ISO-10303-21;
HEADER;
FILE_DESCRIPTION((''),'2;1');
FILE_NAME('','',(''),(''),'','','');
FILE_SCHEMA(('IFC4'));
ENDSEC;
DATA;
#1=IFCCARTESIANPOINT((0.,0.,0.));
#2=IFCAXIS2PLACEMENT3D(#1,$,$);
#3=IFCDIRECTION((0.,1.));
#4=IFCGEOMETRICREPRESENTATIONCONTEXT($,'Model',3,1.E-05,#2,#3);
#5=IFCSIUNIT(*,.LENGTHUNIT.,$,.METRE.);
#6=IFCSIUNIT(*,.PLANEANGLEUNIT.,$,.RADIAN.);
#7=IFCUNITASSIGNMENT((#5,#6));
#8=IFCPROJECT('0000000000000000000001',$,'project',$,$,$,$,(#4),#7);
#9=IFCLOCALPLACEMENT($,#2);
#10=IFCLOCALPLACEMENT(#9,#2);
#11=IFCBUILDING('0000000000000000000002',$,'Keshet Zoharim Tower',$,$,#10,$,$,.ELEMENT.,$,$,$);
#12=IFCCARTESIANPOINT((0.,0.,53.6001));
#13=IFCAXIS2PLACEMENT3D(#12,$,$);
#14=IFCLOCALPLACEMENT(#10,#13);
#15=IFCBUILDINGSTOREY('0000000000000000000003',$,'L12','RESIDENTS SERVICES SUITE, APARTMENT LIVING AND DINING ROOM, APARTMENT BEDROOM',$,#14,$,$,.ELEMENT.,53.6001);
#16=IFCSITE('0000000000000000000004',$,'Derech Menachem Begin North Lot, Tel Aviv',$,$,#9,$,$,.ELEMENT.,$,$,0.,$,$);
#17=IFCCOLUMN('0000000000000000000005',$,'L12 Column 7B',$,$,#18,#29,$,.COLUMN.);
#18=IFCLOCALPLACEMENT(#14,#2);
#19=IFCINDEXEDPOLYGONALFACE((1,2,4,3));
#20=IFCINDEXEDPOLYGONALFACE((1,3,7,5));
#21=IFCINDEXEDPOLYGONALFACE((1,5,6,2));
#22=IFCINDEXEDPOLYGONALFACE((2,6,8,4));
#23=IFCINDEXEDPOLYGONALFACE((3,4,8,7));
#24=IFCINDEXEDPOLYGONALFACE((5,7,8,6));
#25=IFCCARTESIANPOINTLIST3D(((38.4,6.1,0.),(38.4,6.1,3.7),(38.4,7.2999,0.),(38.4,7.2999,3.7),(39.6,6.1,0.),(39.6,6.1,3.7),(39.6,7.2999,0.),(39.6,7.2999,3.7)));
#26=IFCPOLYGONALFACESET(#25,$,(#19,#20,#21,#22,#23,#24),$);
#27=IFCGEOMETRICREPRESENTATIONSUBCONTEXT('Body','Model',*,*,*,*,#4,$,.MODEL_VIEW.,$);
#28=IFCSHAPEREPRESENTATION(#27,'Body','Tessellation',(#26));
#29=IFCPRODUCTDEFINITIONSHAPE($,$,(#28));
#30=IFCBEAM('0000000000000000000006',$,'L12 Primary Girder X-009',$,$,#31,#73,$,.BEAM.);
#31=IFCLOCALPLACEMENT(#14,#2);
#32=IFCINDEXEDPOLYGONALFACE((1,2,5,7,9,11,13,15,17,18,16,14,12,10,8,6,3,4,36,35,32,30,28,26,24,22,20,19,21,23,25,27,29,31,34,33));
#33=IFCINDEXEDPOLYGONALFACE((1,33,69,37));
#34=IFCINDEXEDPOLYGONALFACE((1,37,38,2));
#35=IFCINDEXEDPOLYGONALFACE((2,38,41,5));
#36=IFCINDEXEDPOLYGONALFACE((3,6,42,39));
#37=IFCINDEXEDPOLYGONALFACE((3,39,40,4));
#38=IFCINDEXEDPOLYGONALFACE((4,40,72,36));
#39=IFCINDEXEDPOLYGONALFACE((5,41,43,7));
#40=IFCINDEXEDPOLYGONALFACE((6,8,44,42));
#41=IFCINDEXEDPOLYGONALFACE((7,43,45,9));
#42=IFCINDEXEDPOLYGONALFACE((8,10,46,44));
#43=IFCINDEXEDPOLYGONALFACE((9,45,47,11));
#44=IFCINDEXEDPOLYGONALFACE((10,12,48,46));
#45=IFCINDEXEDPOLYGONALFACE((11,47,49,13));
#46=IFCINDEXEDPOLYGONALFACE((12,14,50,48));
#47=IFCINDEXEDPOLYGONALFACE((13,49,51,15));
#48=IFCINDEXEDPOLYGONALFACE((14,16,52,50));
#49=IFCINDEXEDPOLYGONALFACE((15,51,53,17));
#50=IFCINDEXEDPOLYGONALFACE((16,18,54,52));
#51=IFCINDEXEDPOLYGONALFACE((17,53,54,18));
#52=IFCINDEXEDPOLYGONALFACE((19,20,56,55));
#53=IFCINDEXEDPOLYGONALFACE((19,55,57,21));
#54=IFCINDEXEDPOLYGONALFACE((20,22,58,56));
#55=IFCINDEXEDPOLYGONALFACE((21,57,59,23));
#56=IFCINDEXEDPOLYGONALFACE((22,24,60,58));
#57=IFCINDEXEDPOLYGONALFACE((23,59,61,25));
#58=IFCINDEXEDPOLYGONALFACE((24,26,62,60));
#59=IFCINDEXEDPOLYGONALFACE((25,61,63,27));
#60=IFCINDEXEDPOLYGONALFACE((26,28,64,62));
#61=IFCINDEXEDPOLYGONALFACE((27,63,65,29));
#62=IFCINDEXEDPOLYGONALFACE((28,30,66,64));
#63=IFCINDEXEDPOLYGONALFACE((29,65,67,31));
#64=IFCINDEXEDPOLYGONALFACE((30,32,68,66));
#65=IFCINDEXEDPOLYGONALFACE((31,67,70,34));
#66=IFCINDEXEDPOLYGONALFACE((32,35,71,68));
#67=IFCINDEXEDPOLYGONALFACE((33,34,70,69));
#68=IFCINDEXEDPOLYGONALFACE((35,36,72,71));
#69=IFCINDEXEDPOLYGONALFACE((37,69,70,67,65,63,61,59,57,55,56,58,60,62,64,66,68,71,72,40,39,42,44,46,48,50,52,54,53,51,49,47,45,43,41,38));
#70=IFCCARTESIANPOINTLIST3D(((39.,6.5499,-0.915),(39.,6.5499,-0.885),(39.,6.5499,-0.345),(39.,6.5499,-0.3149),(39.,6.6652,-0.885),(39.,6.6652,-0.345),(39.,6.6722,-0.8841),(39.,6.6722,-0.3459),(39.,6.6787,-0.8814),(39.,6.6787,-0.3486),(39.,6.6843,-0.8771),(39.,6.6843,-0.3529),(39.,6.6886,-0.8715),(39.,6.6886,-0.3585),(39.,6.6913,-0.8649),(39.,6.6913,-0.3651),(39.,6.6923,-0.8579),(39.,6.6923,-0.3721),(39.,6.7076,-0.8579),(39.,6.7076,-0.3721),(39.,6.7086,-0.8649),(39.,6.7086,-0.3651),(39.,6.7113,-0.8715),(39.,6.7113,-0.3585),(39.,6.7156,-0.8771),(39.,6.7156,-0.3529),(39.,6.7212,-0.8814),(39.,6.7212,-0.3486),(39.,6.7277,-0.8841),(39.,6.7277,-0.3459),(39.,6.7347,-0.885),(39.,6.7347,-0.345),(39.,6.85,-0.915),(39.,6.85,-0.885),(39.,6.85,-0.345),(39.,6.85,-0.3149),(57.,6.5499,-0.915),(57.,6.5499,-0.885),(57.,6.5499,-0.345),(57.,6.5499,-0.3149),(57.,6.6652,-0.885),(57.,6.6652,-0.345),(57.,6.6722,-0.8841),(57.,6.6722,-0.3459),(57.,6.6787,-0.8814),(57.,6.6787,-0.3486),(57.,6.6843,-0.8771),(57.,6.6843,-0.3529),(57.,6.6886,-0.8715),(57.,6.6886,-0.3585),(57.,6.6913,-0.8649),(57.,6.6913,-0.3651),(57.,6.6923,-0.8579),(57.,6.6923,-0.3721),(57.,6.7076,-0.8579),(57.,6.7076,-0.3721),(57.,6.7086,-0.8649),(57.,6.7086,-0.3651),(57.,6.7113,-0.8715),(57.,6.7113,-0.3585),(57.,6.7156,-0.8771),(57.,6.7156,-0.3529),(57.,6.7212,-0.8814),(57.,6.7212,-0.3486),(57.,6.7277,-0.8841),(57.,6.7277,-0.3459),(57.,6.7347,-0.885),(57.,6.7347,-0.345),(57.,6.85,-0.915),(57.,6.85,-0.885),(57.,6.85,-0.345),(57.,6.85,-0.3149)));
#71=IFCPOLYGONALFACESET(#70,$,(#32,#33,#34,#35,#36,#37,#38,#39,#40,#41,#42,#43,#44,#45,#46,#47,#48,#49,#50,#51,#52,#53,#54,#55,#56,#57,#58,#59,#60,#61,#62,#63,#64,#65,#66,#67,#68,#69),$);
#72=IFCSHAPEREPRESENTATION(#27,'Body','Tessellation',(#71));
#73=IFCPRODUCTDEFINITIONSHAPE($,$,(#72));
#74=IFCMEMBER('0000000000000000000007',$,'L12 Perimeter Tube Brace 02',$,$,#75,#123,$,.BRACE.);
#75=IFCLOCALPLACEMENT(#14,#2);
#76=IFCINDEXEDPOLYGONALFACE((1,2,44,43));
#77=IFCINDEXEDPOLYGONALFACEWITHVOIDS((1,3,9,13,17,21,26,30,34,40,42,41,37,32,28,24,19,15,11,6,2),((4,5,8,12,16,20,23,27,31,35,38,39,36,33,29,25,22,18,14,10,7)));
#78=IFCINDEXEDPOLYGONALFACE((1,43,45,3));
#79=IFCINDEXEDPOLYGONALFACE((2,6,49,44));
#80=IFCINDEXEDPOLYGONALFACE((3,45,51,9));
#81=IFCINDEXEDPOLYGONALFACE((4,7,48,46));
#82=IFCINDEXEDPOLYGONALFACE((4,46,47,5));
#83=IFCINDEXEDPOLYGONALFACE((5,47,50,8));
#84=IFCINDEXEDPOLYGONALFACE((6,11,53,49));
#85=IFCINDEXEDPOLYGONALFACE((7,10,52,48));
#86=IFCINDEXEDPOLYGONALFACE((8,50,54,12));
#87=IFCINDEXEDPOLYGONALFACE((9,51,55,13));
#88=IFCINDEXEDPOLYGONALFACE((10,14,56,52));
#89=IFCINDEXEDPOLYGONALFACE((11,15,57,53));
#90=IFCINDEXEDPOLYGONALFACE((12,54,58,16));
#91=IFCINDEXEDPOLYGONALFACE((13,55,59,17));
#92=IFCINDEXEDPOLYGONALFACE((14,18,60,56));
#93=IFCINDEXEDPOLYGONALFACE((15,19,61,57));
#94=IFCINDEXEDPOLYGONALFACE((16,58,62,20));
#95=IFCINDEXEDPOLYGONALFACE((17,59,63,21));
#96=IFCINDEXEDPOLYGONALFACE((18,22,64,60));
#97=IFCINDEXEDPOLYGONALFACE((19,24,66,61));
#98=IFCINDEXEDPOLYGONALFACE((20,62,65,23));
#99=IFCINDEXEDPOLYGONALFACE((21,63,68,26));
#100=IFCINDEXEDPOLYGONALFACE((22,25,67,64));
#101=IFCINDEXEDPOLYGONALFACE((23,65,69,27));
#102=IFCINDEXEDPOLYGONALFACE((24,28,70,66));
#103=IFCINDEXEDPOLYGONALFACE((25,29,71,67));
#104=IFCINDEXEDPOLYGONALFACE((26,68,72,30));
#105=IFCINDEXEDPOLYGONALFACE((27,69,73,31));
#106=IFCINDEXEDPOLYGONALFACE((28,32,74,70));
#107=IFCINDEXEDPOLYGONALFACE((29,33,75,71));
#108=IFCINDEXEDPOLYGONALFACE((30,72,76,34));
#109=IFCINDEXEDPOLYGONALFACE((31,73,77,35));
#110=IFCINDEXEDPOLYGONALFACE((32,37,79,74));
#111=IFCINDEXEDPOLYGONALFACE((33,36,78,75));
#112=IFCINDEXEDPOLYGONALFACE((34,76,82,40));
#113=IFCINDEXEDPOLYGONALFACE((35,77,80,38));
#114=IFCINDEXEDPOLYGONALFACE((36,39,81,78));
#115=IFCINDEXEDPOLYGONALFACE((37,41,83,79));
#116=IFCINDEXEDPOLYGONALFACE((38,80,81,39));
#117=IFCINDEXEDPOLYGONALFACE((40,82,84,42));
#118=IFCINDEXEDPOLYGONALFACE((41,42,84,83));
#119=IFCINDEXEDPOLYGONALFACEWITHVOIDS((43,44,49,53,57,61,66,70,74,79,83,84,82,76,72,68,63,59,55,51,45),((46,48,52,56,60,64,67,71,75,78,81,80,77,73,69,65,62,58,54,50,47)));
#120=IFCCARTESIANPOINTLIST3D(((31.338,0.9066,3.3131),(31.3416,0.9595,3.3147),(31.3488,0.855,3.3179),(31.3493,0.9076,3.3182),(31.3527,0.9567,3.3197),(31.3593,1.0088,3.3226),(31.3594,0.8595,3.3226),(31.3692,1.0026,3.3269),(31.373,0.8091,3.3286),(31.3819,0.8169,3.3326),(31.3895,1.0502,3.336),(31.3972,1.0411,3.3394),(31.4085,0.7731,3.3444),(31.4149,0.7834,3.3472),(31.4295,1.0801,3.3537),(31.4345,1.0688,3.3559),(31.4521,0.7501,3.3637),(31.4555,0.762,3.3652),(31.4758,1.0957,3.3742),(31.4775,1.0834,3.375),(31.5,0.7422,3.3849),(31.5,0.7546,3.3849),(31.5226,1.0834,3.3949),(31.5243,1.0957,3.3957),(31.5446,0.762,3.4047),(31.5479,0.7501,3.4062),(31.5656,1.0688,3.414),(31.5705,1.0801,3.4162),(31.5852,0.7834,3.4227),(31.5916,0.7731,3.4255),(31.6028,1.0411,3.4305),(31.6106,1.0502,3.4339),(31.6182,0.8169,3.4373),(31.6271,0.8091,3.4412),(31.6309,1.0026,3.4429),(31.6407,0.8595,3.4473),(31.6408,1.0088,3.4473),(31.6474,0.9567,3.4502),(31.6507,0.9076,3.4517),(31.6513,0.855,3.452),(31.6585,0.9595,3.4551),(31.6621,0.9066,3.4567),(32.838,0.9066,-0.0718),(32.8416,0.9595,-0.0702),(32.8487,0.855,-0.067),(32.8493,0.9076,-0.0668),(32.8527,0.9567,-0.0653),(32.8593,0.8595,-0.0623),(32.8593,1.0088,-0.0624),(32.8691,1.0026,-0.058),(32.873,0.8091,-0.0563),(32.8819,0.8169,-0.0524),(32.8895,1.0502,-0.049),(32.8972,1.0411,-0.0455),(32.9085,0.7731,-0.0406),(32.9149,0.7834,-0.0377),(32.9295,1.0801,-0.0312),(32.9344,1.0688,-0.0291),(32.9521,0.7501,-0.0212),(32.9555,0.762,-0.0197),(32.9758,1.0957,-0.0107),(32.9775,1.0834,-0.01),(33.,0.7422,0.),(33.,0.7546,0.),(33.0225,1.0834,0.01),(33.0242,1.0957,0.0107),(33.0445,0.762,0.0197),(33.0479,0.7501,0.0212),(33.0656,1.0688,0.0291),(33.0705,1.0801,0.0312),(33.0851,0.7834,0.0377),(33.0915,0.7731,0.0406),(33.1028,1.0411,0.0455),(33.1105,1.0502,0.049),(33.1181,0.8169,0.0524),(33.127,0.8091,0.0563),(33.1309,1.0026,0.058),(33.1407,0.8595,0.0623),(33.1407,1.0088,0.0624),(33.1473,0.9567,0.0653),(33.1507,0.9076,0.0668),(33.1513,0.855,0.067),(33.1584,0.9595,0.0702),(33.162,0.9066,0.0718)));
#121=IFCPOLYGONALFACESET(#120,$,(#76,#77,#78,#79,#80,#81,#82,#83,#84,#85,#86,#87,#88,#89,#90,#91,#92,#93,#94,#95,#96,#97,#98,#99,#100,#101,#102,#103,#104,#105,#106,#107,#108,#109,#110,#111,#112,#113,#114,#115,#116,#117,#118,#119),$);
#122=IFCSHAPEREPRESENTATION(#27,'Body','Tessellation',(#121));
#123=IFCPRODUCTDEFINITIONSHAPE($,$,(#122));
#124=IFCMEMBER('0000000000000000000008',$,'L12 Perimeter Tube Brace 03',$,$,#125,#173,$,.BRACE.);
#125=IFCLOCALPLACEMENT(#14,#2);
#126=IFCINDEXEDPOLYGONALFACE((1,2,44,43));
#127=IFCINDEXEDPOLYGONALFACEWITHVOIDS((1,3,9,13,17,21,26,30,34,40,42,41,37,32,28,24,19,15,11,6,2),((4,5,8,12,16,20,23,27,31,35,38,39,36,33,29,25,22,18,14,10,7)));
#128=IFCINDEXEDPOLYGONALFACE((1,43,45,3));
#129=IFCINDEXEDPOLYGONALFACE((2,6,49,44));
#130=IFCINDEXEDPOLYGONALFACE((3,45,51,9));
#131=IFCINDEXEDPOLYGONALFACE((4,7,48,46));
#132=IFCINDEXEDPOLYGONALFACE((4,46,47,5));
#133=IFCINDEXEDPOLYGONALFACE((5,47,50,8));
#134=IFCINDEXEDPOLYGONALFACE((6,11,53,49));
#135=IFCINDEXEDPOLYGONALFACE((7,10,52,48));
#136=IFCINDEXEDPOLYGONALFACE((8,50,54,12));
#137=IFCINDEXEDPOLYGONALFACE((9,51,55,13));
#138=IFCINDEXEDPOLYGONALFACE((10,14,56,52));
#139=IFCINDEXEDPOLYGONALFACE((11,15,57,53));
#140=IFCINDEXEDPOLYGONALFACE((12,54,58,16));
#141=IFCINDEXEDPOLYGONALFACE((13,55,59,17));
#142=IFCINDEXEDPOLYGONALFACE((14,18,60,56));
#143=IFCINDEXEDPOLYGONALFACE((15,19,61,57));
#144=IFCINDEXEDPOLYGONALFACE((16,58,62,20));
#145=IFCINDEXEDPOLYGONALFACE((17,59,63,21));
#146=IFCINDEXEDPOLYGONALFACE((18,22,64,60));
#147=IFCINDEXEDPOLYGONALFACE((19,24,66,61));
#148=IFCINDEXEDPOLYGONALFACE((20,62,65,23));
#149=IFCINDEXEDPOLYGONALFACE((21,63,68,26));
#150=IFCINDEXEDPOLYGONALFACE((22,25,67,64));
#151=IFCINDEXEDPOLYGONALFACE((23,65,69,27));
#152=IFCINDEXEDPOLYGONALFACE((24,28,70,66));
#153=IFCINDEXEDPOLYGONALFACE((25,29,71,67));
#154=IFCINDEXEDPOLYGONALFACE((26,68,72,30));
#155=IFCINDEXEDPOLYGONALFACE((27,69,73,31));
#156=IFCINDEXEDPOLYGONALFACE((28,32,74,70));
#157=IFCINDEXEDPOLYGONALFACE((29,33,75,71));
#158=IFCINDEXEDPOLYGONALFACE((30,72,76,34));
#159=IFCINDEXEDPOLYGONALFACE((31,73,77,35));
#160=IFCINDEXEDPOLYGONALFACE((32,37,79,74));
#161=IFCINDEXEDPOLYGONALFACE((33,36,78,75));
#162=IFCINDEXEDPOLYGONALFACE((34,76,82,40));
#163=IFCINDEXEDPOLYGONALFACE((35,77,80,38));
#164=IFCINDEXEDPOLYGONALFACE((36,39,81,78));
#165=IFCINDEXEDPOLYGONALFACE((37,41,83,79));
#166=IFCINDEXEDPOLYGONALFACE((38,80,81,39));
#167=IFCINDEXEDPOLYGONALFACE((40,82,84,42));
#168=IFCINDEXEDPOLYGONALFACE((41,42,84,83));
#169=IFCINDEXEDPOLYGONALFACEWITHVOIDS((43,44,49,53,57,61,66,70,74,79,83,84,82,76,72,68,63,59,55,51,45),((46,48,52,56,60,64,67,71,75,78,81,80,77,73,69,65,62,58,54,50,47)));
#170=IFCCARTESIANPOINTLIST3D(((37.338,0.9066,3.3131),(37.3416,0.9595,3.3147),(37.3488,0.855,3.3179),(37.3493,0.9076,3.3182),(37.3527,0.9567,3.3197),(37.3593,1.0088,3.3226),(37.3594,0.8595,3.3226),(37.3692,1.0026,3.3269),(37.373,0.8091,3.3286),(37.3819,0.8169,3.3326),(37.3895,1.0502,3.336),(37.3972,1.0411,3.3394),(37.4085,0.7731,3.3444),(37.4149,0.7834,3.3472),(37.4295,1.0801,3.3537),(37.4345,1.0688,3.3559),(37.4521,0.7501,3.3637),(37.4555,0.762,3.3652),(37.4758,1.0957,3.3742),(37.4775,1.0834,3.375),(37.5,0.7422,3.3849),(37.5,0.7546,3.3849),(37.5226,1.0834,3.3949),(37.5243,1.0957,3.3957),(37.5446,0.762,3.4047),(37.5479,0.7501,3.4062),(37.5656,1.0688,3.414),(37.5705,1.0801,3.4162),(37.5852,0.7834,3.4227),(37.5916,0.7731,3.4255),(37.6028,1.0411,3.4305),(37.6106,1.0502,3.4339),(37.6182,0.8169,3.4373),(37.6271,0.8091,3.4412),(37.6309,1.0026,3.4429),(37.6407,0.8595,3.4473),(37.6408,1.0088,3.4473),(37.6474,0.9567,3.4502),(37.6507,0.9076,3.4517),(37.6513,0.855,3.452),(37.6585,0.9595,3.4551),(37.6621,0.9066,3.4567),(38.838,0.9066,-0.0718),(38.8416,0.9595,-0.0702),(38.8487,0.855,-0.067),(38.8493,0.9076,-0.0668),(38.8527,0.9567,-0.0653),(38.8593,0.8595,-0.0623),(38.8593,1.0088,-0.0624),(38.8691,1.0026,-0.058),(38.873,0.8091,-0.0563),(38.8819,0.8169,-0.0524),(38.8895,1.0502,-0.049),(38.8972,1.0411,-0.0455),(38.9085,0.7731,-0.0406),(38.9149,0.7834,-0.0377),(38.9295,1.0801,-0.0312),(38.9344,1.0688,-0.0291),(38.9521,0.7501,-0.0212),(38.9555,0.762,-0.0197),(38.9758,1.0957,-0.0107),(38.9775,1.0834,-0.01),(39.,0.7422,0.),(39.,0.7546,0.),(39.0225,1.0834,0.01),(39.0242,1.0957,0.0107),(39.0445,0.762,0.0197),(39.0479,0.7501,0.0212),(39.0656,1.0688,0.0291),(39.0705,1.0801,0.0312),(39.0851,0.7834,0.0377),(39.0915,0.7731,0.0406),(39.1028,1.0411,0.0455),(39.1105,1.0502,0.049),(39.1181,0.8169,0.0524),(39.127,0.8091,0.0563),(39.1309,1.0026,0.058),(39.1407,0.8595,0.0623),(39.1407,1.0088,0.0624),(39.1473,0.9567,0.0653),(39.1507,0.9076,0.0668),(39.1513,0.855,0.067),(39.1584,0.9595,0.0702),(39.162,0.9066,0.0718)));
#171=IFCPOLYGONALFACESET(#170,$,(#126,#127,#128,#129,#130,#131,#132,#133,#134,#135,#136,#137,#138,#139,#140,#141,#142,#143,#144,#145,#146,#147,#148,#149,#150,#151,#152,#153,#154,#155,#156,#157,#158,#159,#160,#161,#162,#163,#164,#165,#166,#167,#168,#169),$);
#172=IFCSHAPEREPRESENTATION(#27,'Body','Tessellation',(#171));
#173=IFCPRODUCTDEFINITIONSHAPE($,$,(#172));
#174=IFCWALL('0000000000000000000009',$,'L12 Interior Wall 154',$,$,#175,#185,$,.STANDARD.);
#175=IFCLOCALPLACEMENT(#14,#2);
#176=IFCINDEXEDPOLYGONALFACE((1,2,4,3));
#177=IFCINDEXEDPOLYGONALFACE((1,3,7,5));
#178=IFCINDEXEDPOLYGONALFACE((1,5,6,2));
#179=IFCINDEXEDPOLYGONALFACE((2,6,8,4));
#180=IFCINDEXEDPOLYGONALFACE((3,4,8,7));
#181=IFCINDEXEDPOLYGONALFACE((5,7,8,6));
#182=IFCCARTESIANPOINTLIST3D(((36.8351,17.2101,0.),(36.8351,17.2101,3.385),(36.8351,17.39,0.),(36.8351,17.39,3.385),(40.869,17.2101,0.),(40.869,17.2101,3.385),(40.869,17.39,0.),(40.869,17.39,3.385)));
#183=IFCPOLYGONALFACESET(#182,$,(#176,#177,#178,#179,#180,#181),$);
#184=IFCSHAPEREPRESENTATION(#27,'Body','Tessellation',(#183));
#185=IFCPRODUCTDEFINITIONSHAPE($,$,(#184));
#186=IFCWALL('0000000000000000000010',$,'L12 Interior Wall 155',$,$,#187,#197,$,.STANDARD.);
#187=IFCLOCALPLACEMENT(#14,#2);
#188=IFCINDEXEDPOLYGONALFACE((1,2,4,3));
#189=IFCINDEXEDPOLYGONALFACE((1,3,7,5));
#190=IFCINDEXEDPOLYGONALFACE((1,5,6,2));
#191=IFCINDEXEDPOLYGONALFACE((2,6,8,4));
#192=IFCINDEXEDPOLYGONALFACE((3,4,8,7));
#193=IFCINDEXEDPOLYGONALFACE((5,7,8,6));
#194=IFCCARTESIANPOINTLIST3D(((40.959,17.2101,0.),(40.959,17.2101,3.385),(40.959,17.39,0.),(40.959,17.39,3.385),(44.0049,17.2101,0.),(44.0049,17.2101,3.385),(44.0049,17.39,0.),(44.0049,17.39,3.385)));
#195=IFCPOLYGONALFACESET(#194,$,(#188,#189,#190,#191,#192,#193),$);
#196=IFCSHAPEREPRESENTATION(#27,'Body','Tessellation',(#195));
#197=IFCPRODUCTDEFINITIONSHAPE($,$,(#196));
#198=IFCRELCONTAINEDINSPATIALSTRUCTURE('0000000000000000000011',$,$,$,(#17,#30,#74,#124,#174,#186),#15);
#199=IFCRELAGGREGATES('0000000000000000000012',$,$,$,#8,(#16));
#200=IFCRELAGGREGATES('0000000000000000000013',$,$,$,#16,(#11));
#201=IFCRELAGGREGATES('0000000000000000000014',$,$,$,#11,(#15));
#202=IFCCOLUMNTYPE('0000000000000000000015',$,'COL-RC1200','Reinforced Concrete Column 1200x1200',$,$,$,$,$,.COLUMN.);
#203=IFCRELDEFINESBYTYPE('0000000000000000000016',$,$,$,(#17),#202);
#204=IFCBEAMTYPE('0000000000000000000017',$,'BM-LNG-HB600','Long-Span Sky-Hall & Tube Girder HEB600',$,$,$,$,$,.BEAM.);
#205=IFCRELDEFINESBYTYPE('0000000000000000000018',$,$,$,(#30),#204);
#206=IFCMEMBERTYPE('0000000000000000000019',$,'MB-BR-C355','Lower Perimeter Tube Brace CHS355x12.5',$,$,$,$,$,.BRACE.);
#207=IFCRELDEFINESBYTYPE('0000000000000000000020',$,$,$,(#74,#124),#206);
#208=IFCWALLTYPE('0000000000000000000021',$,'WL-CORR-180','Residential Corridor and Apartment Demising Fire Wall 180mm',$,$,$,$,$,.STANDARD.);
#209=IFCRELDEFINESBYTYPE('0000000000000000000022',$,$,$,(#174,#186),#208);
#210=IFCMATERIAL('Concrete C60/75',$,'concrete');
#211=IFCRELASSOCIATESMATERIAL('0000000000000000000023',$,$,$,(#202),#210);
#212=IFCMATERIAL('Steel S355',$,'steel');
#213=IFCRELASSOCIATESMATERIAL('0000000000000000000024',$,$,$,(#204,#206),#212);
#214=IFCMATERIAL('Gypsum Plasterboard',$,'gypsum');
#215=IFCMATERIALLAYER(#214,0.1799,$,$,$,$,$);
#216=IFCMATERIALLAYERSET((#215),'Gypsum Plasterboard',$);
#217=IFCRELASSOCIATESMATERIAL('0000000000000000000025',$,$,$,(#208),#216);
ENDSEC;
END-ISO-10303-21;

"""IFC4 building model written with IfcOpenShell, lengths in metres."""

from ifc_helpers import new_model, si_unit, direction, frame, frame_2d, origin, origin_2d, place, context, subcontext, project, spatial, rectangle, hollow_circle, i_section, extrude, material, layer, layer_set, material_profile, profile_set, type_object, element, save


model = new_model("IFC4")

# Units and contexts
model_context = context("Model", 3, precision=1e-05, world=origin(), true_north=direction((0.0, 1.0)))
body_context = subcontext(model_context, "Body", "Model", "MODEL_VIEW")
ifc_project = project(units=[si_unit("LENGTHUNIT", "METRE"), si_unit("PLANEANGLEUNIT", "RADIAN")], contexts=[model_context])

# Site, building, storey
site_placement = place(None, origin())
site = spatial("IfcSite", under=ifc_project, at=site_placement, Name="Derech Menachem Begin North Lot, Tel Aviv", CompositionType="ELEMENT", RefElevation=0.0)
building_placement = place(site_placement, origin())
building = spatial("IfcBuilding", under=site, at=building_placement, Name="Keshet Zoharim Tower", CompositionType="ELEMENT")
storey_placement = place(building_placement, frame((0.0, 0.0, 53.6001)))
storey = spatial("IfcBuildingStorey", under=building, at=storey_placement, Name="L12", Description="RESIDENTS SERVICES SUITE, APARTMENT LIVING AND DINING ROOM, APARTMENT BEDROOM", CompositionType="ELEMENT", Elevation=53.6001)

# Column
ifc_material_1 = material(Name="Concrete C60/75", Category="concrete")
ifc_material_profile_1 = material_profile(ifc_material_1, rectangle(XDim=1.2, YDim=1.2, at=origin_2d()), Name="RC1200x1200")
ifc_profile_set_1 = profile_set([ifc_material_profile_1], Name="Concrete C60/75")
column_type = type_object("IfcColumnType", Name="COL-RC1200", Description="Reinforced Concrete Column 1200x1200", PredefinedType="COLUMN", material=ifc_profile_set_1)
column_placement = place(storey_placement, frame((39.0, 6.7, 0.0), z_axis=(0.0, 0.0, 1.0), x_axis=(1.0, 0.0, 0.0)))
element("IfcColumn", 1, at=column_placement, inside=storey, type_object=column_type, Name="L12 Column 7B", PredefinedType="COLUMN", context=body_context, shape_type="SweptSolid", body=[
    extrude(rectangle(XDim=1.2, YDim=1.2, at=origin_2d()), origin(), (0.0, 0.0, 1.0), 3.7),
])

# Beam
ifc_material_2 = material(Name="Steel S355", Category="steel")
ifc_material_profile_2 = material_profile(ifc_material_2, i_section(OverallWidth=0.3, OverallDepth=0.6001, WebThickness=0.0154, FlangeThickness=0.03, FilletRadius=0.0271, at=origin_2d()), Name="HEB600")
ifc_profile_set_2 = profile_set([ifc_material_profile_2], Name="Steel S355")
beam_type = type_object("IfcBeamType", Name="BM-LNG-HB600", Description="Long-Span Sky-Hall & Tube Girder HEB600", PredefinedType="BEAM", material=ifc_profile_set_2)
beam_placement = place(storey_placement, frame((39.0, 6.7, -0.615), z_axis=(1.0, 0.0, 0.0), x_axis=(0.0, 1.0, 0.0)))
element("IfcBeam", 2, at=beam_placement, inside=storey, type_object=beam_type, Name="L12 Primary Girder X-009", PredefinedType="BEAM", context=body_context, shape_type="SweptSolid", body=[
    extrude(i_section(OverallWidth=0.3, OverallDepth=0.6001, WebThickness=0.0154, FlangeThickness=0.03, FilletRadius=0.0271, at=origin_2d()), origin(), (0.0, 0.0, 1.0), 18.0),
])

# Members
ifc_material_profile_3 = material_profile(ifc_material_2, hollow_circle(Radius=0.1777, WallThickness=0.0125, at=origin_2d()), Name="CHS355x12.5")
ifc_profile_set_3 = profile_set([ifc_material_profile_3], Name="Steel S355")
member_type = type_object("IfcMemberType", Name="MB-BR-C355", Description="Lower Perimeter Tube Brace CHS355x12.5", PredefinedType="BRACE", material=ifc_profile_set_3)
for number, where, z_axis, x_axis, name in (
    (3, (33.0, 0.9199, 0.0), (-0.405135, 0.0, 0.914257), (0.0, -1.0, 0.0), "L12 Perimeter Tube Brace 02"),
    (4, (39.0, 0.9199, 0.0), (-0.405135, 0.0, 0.914257), (0.0, -1.0, 0.0), "L12 Perimeter Tube Brace 03"),
):
    element("IfcMember", number, at=place(storey_placement, frame(where, z_axis=z_axis, x_axis=x_axis)), inside=storey, type_object=member_type, Name=name, PredefinedType="BRACE", context=body_context, shape_type="SweptSolid", body=[
        extrude(hollow_circle(Radius=0.1777, WallThickness=0.0125, at=origin_2d()), origin(), (0.0, 0.0, 1.0), 3.7024),
    ])

# Walls
ifc_material_3 = material(Name="Gypsum Plasterboard", Category="gypsum")
ifc_layer_1 = layer(ifc_material_3, 0.1799)
ifc_layer_set_1 = layer_set([ifc_layer_1], Name="Gypsum Plasterboard")
wall_type_1 = type_object("IfcWallType", Name="WL-CORR-180", Description="Residential Corridor and Apartment Demising Fire Wall 180mm", PredefinedType="STANDARD", material=ifc_layer_set_1)
wall_1_placement = place(storey_placement, frame((36.835, 17.3, 0.0), z_axis=(0.0, 0.0, 1.0), x_axis=(1.0, 0.0, 0.0)))
element("IfcWall", 5, at=wall_1_placement, inside=storey, type_object=wall_type_1, Name="L12 Interior Wall 154", PredefinedType="STANDARD", context=body_context, shape_type="SweptSolid", body=[
    extrude(rectangle(XDim=4.0339, YDim=0.1799, at=frame_2d((2.0171, 0.0))), origin(), (0.0, 0.0, 1.0), 3.385),
])
wall_2_placement = place(storey_placement, frame((40.959, 17.3, 0.0), z_axis=(0.0, 0.0, 1.0), x_axis=(1.0, 0.0, 0.0)))
element("IfcWall", 6, at=wall_2_placement, inside=storey, type_object=wall_type_1, Name="L12 Interior Wall 155", PredefinedType="STANDARD", context=body_context, shape_type="SweptSolid", body=[
    extrude(rectangle(XDim=3.0459, YDim=0.1799, at=frame_2d((1.5229, 0.0))), origin(), (0.0, 0.0, 1.0), 3.385),
])

save(model, "model.ifc")
